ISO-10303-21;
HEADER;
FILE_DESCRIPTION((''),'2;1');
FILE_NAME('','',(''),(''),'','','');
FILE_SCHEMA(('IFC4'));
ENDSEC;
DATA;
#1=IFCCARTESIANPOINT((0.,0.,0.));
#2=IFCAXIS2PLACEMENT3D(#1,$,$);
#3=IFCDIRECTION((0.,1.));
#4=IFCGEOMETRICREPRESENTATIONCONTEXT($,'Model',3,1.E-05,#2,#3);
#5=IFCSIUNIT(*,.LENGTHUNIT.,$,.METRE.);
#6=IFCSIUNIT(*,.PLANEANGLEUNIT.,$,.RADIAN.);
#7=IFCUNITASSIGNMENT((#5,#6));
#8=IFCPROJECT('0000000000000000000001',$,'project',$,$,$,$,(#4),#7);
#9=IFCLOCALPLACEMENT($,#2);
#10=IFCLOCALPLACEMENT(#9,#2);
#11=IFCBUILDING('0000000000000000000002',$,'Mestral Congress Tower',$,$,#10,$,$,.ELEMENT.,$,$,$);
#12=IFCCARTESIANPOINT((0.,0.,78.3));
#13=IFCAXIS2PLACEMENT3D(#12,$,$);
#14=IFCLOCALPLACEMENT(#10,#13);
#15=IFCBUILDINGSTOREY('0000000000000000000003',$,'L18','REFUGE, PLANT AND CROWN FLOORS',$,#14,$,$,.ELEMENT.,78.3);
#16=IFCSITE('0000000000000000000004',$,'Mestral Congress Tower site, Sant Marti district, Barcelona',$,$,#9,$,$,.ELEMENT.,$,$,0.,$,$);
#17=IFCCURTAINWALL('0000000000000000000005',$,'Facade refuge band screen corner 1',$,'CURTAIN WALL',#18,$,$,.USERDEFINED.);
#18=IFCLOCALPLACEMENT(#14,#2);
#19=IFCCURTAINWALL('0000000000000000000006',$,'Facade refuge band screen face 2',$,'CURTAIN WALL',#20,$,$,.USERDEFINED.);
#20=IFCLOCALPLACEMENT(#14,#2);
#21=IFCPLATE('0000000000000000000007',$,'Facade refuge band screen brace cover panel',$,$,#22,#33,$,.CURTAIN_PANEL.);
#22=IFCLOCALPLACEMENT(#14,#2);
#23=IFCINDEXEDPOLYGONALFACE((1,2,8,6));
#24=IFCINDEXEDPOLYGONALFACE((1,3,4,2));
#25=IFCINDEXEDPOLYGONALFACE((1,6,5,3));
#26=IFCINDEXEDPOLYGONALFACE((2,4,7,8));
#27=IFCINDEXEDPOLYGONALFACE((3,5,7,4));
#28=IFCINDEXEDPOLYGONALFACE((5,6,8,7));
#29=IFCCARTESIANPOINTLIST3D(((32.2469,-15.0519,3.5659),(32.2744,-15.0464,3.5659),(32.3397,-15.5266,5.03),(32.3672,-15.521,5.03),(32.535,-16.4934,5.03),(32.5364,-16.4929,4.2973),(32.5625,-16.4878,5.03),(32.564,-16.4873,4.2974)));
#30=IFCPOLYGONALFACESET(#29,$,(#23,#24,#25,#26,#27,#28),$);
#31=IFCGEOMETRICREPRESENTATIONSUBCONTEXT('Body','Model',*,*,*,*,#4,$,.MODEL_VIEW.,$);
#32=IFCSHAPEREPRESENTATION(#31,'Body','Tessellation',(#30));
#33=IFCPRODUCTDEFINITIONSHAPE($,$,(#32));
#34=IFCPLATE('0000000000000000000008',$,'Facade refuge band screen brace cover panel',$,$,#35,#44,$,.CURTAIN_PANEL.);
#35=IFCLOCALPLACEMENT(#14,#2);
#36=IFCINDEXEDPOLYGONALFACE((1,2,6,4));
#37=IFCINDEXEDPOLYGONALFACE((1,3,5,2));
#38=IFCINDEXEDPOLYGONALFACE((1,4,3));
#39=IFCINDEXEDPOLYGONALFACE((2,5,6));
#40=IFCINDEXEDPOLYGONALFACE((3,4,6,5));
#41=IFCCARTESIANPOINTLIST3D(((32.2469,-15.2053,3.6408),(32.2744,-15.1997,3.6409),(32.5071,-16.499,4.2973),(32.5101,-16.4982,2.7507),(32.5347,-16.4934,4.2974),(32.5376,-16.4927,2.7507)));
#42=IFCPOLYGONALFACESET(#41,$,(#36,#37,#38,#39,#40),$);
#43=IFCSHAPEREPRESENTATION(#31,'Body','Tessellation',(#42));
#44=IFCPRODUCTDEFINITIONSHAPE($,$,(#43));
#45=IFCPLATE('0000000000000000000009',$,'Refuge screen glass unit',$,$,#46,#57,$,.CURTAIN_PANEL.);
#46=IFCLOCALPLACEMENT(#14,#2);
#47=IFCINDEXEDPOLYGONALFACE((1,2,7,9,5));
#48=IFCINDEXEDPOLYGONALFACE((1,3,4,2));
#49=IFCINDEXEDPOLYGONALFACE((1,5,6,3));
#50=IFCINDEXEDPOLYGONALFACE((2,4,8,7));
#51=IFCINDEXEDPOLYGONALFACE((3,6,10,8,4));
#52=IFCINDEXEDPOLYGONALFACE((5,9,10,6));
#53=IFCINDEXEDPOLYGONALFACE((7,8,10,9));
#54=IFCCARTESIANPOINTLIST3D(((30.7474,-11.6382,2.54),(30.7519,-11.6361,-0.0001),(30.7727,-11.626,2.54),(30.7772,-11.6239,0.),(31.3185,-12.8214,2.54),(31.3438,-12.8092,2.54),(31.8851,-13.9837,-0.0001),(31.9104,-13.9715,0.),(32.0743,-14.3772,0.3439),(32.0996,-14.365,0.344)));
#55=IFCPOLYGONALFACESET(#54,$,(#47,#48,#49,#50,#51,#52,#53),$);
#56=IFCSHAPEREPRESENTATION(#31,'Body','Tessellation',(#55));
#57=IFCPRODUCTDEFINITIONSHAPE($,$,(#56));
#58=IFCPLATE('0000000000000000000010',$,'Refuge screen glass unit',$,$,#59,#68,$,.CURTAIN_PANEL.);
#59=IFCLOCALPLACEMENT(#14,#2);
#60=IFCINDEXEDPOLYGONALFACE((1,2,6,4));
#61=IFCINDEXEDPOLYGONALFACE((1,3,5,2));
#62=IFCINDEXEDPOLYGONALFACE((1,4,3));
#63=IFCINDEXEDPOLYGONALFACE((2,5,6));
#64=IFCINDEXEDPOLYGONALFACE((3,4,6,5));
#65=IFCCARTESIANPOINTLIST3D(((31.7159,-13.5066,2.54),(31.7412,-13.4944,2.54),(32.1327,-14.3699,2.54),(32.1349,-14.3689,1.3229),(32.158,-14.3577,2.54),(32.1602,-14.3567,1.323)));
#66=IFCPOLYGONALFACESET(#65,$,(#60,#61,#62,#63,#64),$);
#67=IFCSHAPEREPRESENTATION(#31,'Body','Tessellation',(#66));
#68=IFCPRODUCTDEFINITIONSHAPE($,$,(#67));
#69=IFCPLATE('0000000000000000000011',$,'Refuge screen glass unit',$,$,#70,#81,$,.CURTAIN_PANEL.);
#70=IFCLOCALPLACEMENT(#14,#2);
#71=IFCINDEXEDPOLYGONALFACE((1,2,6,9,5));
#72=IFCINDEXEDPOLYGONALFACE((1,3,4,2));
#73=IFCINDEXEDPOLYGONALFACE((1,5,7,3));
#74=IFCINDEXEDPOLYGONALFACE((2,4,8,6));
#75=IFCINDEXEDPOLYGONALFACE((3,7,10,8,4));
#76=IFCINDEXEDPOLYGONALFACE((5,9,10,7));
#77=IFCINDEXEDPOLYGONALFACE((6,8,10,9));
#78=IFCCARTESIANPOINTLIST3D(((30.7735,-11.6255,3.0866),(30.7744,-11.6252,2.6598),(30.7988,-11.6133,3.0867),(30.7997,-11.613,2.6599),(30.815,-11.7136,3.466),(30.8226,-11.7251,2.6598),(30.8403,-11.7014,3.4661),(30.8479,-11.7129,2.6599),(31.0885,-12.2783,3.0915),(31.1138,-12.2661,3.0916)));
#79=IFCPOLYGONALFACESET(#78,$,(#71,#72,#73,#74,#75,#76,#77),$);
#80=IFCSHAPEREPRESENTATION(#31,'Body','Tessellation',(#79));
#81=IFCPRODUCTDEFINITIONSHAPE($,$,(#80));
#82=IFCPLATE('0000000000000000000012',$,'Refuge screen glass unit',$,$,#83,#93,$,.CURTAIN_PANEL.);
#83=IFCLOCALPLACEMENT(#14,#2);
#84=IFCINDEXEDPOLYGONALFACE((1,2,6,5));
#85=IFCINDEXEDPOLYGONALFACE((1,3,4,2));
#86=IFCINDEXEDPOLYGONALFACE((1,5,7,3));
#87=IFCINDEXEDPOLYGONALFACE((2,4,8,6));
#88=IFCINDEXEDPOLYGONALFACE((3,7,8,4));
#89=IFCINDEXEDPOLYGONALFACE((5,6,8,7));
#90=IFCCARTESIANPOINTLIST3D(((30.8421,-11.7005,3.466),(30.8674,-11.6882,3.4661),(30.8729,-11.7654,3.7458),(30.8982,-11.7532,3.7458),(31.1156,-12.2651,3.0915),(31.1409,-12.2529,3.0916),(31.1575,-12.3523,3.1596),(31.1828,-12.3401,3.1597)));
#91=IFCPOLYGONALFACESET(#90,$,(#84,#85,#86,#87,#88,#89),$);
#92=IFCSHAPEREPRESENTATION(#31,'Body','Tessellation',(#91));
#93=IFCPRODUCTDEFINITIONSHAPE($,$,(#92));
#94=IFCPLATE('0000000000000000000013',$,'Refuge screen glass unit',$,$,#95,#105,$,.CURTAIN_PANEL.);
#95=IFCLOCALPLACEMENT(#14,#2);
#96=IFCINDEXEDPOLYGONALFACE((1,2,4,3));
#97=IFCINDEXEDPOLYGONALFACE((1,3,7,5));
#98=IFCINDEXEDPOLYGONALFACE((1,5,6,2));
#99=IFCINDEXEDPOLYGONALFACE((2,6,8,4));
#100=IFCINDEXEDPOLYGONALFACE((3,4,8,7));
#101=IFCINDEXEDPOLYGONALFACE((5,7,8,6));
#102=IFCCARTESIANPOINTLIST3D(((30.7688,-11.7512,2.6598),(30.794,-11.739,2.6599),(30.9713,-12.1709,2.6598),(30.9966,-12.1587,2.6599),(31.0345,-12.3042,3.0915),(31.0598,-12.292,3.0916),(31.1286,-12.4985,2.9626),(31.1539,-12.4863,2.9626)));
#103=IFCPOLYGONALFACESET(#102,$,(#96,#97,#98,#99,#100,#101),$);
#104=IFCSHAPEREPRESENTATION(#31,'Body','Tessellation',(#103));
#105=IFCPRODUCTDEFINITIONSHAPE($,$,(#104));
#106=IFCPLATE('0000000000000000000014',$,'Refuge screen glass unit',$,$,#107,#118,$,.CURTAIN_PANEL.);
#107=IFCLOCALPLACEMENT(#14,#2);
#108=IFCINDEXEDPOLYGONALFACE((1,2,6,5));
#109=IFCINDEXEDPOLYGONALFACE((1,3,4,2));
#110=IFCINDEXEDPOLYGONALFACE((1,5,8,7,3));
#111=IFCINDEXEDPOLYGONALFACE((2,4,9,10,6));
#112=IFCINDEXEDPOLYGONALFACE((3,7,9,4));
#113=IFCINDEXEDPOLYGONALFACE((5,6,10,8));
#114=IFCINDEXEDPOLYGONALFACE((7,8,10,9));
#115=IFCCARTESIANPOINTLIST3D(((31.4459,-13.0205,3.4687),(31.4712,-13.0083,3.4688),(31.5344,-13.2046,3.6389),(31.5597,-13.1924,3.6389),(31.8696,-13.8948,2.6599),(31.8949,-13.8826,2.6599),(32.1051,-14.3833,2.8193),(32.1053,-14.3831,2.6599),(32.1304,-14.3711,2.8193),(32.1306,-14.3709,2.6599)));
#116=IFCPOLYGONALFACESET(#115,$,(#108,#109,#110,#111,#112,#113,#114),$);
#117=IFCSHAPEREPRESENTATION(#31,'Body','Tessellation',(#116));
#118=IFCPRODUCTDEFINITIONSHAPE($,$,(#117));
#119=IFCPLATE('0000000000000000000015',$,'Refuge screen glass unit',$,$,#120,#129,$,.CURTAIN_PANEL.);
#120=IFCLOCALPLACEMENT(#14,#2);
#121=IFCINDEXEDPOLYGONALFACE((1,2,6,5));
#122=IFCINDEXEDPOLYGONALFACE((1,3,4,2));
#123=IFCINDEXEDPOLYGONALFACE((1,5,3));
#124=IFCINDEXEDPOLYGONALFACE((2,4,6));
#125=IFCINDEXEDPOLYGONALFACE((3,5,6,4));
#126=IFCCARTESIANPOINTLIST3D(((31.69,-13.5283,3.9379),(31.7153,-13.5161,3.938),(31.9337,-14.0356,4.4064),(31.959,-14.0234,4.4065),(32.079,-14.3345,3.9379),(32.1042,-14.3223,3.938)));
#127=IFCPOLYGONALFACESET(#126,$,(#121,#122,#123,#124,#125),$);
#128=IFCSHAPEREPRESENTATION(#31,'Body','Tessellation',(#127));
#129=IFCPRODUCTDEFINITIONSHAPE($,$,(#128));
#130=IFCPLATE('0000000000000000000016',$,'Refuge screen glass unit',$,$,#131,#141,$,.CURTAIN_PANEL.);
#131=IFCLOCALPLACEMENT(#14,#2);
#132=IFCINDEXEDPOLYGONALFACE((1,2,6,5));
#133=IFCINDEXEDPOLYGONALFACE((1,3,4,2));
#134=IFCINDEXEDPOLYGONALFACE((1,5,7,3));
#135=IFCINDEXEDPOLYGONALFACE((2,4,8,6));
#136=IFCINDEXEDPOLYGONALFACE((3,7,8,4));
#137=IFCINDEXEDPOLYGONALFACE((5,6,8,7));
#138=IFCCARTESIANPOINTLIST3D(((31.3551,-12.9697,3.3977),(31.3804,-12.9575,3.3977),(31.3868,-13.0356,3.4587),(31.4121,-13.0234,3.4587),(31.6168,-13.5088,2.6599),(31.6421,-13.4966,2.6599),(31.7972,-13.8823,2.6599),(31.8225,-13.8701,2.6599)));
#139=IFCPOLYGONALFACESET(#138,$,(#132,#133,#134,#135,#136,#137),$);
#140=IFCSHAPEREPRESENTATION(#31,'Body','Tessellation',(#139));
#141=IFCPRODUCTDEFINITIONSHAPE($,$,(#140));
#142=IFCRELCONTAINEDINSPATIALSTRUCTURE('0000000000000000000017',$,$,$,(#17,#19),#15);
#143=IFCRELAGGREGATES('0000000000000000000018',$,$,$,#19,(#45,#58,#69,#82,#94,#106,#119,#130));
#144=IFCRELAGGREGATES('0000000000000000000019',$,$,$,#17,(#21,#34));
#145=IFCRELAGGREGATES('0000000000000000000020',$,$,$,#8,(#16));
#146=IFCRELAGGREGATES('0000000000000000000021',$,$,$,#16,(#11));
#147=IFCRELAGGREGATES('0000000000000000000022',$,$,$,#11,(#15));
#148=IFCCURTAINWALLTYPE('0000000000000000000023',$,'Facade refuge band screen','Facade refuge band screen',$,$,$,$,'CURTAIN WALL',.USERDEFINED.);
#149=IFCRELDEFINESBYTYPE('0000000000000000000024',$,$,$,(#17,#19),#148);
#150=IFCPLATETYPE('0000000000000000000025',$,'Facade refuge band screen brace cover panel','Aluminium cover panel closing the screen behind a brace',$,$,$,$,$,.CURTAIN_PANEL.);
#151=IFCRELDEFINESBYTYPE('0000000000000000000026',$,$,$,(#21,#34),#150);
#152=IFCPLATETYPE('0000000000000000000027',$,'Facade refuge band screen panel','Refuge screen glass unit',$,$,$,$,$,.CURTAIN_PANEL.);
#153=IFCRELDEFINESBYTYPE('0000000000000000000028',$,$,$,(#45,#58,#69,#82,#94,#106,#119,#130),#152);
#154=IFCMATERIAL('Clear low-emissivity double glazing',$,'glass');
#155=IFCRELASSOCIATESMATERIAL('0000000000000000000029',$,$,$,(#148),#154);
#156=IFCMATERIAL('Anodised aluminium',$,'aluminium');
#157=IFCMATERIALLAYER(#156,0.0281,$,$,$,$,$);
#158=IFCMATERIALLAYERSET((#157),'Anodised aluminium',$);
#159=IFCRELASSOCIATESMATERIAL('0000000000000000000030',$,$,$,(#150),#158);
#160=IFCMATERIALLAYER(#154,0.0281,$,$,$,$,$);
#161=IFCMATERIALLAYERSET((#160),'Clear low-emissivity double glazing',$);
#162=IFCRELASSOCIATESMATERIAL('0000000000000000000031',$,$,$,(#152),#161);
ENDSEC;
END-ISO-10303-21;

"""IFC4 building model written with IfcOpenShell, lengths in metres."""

from ifc_helpers import new_model, si_unit, direction, frame, origin, place, context, subcontext, project, spatial, polyline, outline, extrude, material, layer, layer_set, type_object, element, aggregate, save


model = new_model("IFC4")

# Units and contexts
model_context = context("Model", 3, precision=1e-05, world=origin(), true_north=direction((0.0, 1.0)))
body_context = subcontext(model_context, "Body", "Model", "MODEL_VIEW")
ifc_project = project(units=[si_unit("LENGTHUNIT", "METRE"), si_unit("PLANEANGLEUNIT", "RADIAN")], contexts=[model_context])

# Site, building, storey
site_placement = place(None, origin())
site = spatial("IfcSite", under=ifc_project, at=site_placement, Name="Mestral Congress Tower site, Sant Marti district, Barcelona", CompositionType="ELEMENT", RefElevation=0.0)
building_placement = place(site_placement, origin())
building = spatial("IfcBuilding", under=site, at=building_placement, Name="Mestral Congress Tower", CompositionType="ELEMENT")
storey_placement = place(building_placement, frame((0.0, 0.0, 78.3)))
storey = spatial("IfcBuildingStorey", under=building, at=storey_placement, Name="L18", Description="REFUGE, PLANT AND CROWN FLOORS", CompositionType="ELEMENT", Elevation=78.3)

# Curtain walls
ifc_material_1 = material(Name="Clear low-emissivity double glazing", Category="glass")
curtain_wall_type = type_object("IfcCurtainWallType", Name="Facade refuge band screen", Description="Facade refuge band screen", ElementType="CURTAIN WALL", PredefinedType="USERDEFINED", material=ifc_material_1)
placement = place(storey_placement, origin())
curtain_wall_1 = element("IfcCurtainWall", 1, at=placement, inside=storey, type_object=curtain_wall_type, Name="Facade refuge band screen corner 1", ObjectType="CURTAIN WALL", PredefinedType="USERDEFINED")
ifc_material_2 = material(Name="Anodised aluminium", Category="aluminium")
curtain_wall_2 = element("IfcCurtainWall", 2, at=placement, inside=storey, type_object=curtain_wall_type, Name="Facade refuge band screen face 2", ObjectType="CURTAIN WALL", PredefinedType="USERDEFINED")

# Plates
ifc_layer_1 = layer(ifc_material_2, 0.0281)
ifc_layer_set_1 = layer_set([ifc_layer_1], Name="Anodised aluminium")
plate_type_1 = type_object("IfcPlateType", Name="Facade refuge band screen brace cover panel", Description="Aluminium cover panel closing the screen behind a brace", PredefinedType="CURTAIN_PANEL", material=ifc_layer_set_1)
plate_1_placement = place(storey_placement, frame((32.5625, -16.4878, 5.03), z_axis=(0.980195, 0.198024, 0.002085), x_axis=(-0.198025, 0.980197, 0.0)))
plate_1 = element("IfcPlate", 3, at=plate_1_placement, type_object=plate_type_1, Name="Facade refuge band screen brace cover panel", PredefinedType="CURTAIN_PANEL", context=body_context, shape_type="SweptSolid", body=[
    extrude(outline(polyline([(0.0, 0.0), (0.9863, 0.0), (1.4699, -1.4641), (0.0002, -0.7327), (0.0, 0.0)])), origin(), (0.0, 0.0, -1.0), 0.0281),
])
plate_2_placement = place(storey_placement, frame((32.5347, -16.4934, 4.2974), z_axis=(0.980166, 0.19817, 0.001951), x_axis=(-0.176575, 0.87774, -0.445413)))
plate_2 = element("IfcPlate", 4, at=plate_2_placement, type_object=plate_type_1, Name="Facade refuge band screen brace cover panel", PredefinedType="CURTAIN_PANEL", context=body_context, shape_type="SweptSolid", body=[
    extrude(outline(polyline([(0.0, 0.0), (1.4739, 0.0), (0.689, -1.3847), (0.0, 0.0)])), origin(), (0.0, 0.0, -1.0), 0.0281),
])
ifc_layer_2 = layer(ifc_material_1, 0.0281)
ifc_layer_set_2 = layer_set([ifc_layer_2], Name="Clear low-emissivity double glazing")
plate_type_2 = type_object("IfcPlateType", Name="Facade refuge band screen panel", Description="Refuge screen glass unit", PredefinedType="CURTAIN_PANEL", material=ifc_layer_set_2)
plate_3_placement = place(storey_placement, frame((30.7727, -11.626, 2.54), z_axis=(0.90057, 0.434707, 0.001949), x_axis=(0.001762, 0.000834, -0.999998)))
plate_3 = element("IfcPlate", 5, at=plate_3_placement, type_object=plate_type_2, Name="Refuge screen glass unit", PredefinedType="CURTAIN_PANEL", context=body_context, shape_type="SweptSolid", body=[
    extrude(outline(polyline([(0.0, 0.0), (2.54, 0.0), (2.5401, -2.6068), (2.1961, -3.0435), (0.0, -1.3138), (0.0, 0.0)])), origin(), (0.0, 0.0, -1.0), 0.0281),
])
plate_4_placement = place(storey_placement, frame((32.158, -14.3577, 2.54), z_axis=(0.900553, 0.434741, 0.001975), x_axis=(-0.434742, 0.900555, 0.0)))
plate_4 = element("IfcPlate", 6, at=plate_4_placement, type_object=plate_type_2, Name="Refuge screen glass unit", PredefinedType="CURTAIN_PANEL", context=body_context, shape_type="SweptSolid", body=[
    extrude(outline(polyline([(0.0, 0.0), (0.9586, 0.0), (-0.0001, -1.217), (0.0, 0.0)])), origin(), (0.0, 0.0, -1.0), 0.0281),
])
plate_5_placement = place(storey_placement, frame((31.1138, -12.2661, 3.0916), z_axis=(0.900617, 0.434608, 0.002235), x_axis=(-0.374213, 0.772828, 0.512544)))
plate_5 = element("IfcPlate", 7, at=plate_5_placement, type_object=plate_type_2, Name="Refuge screen glass unit", PredefinedType="CURTAIN_PANEL", context=body_context, shape_type="SweptSolid", body=[
    extrude(outline(polyline([(0.0, 0.0), (0.7307, 0.0), (0.6199, -0.3757), (0.4011, -0.7421), (0.3058, -0.6852), (0.0, 0.0)])), origin(), (0.0, 0.0, -1.0), 0.0281),
])
plate_6_placement = place(storey_placement, frame((31.1409, -12.2529, 3.0916), z_axis=(0.900484, 0.434886, 0.001817), x_axis=(0.354651, -0.736754, 0.575687)))
plate_6 = element("IfcPlate", 8, at=plate_6_placement, type_object=plate_type_2, Name="Refuge screen glass unit", PredefinedType="CURTAIN_PANEL", context=body_context, shape_type="SweptSolid", body=[
    extrude(outline(polyline([(0.0, 0.0), (0.1183, 0.0), (-0.0776, -0.8548), (-0.2974, -0.6674), (0.0, 0.0)])), origin(), (0.0, 0.0, -1.0), 0.0281),
])
plate_7_placement = place(storey_placement, frame((30.9966, -12.1587, 2.6599), z_axis=(0.900616, 0.434609, 0.002283), x_axis=(0.332608, -0.692607, 0.640052)))
plate_7 = element("IfcPlate", 9, at=plate_7_placement, type_object=plate_type_2, Name="Refuge screen glass unit", PredefinedType="CURTAIN_PANEL", context=body_context, shape_type="SweptSolid", body=[
    extrude(outline(polyline([(0.0, 0.0), (0.473, 0.0), (0.3896, -0.2372), (-0.3581, -0.2983), (0.0, 0.0)])), origin(), (0.0, 0.0, -1.0), 0.0281),
])
plate_8_placement = place(storey_placement, frame((32.1304, -14.3711, 2.8193), z_axis=(0.900577, 0.434692, 0.001902), x_axis=(-0.369386, 0.762957, 0.530519)))
plate_8 = element("IfcPlate", 10, at=plate_8_placement, type_object=plate_type_2, Name="Refuge screen glass unit", PredefinedType="CURTAIN_PANEL", context=body_context, shape_type="SweptSolid", body=[
    extrude(outline(polyline([(0.0, 0.0), (1.5449, 0.0), (1.6278, -0.2526), (0.3751, -0.4228), (-0.0845, -0.1352), (0.0, 0.0)])), origin(), (0.0, 0.0, -1.0), 0.0281),
])
plate_9_placement = place(storey_placement, frame((31.959, -14.0234, 4.4065), z_axis=(0.900664, 0.434512, 0.002112), x_axis=(-0.332729, 0.692796, -0.639786)))
plate_9 = element("IfcPlate", 11, at=plate_9_placement, type_object=plate_type_2, Name="Refuge screen glass unit", PredefinedType="CURTAIN_PANEL", context=body_context, shape_type="SweptSolid", body=[
    extrude(outline(polyline([(0.0, 0.0), (0.7323, 0.0), (0.0444, -0.5726), (0.0, 0.0)])), origin(), (0.0, 0.0, -1.0), 0.0281),
])
plate_10_placement = place(storey_placement, frame((31.6421, -13.4966, 2.6599), z_axis=(0.900456, 0.434945, 0.001621), x_axis=(0.434946, -0.900457, 0.0)))
plate_10 = element("IfcPlate", 12, at=plate_10_placement, type_object=plate_type_2, Name="Refuge screen glass unit", PredefinedType="CURTAIN_PANEL", context=body_context, shape_type="SweptSolid", body=[
    extrude(outline(polyline([(0.0, 0.0), (0.4148, 0.0), (-0.5261, -0.7988), (-0.5992, -0.7378), (0.0, 0.0)])), origin(), (0.0, 0.0, -1.0), 0.0281),
])

aggregate(curtain_wall_2, [plate_3, plate_4, plate_5, plate_6, plate_7, plate_8, plate_9, plate_10])
aggregate(curtain_wall_1, [plate_1, plate_2])

save(model, "model.ifc")
